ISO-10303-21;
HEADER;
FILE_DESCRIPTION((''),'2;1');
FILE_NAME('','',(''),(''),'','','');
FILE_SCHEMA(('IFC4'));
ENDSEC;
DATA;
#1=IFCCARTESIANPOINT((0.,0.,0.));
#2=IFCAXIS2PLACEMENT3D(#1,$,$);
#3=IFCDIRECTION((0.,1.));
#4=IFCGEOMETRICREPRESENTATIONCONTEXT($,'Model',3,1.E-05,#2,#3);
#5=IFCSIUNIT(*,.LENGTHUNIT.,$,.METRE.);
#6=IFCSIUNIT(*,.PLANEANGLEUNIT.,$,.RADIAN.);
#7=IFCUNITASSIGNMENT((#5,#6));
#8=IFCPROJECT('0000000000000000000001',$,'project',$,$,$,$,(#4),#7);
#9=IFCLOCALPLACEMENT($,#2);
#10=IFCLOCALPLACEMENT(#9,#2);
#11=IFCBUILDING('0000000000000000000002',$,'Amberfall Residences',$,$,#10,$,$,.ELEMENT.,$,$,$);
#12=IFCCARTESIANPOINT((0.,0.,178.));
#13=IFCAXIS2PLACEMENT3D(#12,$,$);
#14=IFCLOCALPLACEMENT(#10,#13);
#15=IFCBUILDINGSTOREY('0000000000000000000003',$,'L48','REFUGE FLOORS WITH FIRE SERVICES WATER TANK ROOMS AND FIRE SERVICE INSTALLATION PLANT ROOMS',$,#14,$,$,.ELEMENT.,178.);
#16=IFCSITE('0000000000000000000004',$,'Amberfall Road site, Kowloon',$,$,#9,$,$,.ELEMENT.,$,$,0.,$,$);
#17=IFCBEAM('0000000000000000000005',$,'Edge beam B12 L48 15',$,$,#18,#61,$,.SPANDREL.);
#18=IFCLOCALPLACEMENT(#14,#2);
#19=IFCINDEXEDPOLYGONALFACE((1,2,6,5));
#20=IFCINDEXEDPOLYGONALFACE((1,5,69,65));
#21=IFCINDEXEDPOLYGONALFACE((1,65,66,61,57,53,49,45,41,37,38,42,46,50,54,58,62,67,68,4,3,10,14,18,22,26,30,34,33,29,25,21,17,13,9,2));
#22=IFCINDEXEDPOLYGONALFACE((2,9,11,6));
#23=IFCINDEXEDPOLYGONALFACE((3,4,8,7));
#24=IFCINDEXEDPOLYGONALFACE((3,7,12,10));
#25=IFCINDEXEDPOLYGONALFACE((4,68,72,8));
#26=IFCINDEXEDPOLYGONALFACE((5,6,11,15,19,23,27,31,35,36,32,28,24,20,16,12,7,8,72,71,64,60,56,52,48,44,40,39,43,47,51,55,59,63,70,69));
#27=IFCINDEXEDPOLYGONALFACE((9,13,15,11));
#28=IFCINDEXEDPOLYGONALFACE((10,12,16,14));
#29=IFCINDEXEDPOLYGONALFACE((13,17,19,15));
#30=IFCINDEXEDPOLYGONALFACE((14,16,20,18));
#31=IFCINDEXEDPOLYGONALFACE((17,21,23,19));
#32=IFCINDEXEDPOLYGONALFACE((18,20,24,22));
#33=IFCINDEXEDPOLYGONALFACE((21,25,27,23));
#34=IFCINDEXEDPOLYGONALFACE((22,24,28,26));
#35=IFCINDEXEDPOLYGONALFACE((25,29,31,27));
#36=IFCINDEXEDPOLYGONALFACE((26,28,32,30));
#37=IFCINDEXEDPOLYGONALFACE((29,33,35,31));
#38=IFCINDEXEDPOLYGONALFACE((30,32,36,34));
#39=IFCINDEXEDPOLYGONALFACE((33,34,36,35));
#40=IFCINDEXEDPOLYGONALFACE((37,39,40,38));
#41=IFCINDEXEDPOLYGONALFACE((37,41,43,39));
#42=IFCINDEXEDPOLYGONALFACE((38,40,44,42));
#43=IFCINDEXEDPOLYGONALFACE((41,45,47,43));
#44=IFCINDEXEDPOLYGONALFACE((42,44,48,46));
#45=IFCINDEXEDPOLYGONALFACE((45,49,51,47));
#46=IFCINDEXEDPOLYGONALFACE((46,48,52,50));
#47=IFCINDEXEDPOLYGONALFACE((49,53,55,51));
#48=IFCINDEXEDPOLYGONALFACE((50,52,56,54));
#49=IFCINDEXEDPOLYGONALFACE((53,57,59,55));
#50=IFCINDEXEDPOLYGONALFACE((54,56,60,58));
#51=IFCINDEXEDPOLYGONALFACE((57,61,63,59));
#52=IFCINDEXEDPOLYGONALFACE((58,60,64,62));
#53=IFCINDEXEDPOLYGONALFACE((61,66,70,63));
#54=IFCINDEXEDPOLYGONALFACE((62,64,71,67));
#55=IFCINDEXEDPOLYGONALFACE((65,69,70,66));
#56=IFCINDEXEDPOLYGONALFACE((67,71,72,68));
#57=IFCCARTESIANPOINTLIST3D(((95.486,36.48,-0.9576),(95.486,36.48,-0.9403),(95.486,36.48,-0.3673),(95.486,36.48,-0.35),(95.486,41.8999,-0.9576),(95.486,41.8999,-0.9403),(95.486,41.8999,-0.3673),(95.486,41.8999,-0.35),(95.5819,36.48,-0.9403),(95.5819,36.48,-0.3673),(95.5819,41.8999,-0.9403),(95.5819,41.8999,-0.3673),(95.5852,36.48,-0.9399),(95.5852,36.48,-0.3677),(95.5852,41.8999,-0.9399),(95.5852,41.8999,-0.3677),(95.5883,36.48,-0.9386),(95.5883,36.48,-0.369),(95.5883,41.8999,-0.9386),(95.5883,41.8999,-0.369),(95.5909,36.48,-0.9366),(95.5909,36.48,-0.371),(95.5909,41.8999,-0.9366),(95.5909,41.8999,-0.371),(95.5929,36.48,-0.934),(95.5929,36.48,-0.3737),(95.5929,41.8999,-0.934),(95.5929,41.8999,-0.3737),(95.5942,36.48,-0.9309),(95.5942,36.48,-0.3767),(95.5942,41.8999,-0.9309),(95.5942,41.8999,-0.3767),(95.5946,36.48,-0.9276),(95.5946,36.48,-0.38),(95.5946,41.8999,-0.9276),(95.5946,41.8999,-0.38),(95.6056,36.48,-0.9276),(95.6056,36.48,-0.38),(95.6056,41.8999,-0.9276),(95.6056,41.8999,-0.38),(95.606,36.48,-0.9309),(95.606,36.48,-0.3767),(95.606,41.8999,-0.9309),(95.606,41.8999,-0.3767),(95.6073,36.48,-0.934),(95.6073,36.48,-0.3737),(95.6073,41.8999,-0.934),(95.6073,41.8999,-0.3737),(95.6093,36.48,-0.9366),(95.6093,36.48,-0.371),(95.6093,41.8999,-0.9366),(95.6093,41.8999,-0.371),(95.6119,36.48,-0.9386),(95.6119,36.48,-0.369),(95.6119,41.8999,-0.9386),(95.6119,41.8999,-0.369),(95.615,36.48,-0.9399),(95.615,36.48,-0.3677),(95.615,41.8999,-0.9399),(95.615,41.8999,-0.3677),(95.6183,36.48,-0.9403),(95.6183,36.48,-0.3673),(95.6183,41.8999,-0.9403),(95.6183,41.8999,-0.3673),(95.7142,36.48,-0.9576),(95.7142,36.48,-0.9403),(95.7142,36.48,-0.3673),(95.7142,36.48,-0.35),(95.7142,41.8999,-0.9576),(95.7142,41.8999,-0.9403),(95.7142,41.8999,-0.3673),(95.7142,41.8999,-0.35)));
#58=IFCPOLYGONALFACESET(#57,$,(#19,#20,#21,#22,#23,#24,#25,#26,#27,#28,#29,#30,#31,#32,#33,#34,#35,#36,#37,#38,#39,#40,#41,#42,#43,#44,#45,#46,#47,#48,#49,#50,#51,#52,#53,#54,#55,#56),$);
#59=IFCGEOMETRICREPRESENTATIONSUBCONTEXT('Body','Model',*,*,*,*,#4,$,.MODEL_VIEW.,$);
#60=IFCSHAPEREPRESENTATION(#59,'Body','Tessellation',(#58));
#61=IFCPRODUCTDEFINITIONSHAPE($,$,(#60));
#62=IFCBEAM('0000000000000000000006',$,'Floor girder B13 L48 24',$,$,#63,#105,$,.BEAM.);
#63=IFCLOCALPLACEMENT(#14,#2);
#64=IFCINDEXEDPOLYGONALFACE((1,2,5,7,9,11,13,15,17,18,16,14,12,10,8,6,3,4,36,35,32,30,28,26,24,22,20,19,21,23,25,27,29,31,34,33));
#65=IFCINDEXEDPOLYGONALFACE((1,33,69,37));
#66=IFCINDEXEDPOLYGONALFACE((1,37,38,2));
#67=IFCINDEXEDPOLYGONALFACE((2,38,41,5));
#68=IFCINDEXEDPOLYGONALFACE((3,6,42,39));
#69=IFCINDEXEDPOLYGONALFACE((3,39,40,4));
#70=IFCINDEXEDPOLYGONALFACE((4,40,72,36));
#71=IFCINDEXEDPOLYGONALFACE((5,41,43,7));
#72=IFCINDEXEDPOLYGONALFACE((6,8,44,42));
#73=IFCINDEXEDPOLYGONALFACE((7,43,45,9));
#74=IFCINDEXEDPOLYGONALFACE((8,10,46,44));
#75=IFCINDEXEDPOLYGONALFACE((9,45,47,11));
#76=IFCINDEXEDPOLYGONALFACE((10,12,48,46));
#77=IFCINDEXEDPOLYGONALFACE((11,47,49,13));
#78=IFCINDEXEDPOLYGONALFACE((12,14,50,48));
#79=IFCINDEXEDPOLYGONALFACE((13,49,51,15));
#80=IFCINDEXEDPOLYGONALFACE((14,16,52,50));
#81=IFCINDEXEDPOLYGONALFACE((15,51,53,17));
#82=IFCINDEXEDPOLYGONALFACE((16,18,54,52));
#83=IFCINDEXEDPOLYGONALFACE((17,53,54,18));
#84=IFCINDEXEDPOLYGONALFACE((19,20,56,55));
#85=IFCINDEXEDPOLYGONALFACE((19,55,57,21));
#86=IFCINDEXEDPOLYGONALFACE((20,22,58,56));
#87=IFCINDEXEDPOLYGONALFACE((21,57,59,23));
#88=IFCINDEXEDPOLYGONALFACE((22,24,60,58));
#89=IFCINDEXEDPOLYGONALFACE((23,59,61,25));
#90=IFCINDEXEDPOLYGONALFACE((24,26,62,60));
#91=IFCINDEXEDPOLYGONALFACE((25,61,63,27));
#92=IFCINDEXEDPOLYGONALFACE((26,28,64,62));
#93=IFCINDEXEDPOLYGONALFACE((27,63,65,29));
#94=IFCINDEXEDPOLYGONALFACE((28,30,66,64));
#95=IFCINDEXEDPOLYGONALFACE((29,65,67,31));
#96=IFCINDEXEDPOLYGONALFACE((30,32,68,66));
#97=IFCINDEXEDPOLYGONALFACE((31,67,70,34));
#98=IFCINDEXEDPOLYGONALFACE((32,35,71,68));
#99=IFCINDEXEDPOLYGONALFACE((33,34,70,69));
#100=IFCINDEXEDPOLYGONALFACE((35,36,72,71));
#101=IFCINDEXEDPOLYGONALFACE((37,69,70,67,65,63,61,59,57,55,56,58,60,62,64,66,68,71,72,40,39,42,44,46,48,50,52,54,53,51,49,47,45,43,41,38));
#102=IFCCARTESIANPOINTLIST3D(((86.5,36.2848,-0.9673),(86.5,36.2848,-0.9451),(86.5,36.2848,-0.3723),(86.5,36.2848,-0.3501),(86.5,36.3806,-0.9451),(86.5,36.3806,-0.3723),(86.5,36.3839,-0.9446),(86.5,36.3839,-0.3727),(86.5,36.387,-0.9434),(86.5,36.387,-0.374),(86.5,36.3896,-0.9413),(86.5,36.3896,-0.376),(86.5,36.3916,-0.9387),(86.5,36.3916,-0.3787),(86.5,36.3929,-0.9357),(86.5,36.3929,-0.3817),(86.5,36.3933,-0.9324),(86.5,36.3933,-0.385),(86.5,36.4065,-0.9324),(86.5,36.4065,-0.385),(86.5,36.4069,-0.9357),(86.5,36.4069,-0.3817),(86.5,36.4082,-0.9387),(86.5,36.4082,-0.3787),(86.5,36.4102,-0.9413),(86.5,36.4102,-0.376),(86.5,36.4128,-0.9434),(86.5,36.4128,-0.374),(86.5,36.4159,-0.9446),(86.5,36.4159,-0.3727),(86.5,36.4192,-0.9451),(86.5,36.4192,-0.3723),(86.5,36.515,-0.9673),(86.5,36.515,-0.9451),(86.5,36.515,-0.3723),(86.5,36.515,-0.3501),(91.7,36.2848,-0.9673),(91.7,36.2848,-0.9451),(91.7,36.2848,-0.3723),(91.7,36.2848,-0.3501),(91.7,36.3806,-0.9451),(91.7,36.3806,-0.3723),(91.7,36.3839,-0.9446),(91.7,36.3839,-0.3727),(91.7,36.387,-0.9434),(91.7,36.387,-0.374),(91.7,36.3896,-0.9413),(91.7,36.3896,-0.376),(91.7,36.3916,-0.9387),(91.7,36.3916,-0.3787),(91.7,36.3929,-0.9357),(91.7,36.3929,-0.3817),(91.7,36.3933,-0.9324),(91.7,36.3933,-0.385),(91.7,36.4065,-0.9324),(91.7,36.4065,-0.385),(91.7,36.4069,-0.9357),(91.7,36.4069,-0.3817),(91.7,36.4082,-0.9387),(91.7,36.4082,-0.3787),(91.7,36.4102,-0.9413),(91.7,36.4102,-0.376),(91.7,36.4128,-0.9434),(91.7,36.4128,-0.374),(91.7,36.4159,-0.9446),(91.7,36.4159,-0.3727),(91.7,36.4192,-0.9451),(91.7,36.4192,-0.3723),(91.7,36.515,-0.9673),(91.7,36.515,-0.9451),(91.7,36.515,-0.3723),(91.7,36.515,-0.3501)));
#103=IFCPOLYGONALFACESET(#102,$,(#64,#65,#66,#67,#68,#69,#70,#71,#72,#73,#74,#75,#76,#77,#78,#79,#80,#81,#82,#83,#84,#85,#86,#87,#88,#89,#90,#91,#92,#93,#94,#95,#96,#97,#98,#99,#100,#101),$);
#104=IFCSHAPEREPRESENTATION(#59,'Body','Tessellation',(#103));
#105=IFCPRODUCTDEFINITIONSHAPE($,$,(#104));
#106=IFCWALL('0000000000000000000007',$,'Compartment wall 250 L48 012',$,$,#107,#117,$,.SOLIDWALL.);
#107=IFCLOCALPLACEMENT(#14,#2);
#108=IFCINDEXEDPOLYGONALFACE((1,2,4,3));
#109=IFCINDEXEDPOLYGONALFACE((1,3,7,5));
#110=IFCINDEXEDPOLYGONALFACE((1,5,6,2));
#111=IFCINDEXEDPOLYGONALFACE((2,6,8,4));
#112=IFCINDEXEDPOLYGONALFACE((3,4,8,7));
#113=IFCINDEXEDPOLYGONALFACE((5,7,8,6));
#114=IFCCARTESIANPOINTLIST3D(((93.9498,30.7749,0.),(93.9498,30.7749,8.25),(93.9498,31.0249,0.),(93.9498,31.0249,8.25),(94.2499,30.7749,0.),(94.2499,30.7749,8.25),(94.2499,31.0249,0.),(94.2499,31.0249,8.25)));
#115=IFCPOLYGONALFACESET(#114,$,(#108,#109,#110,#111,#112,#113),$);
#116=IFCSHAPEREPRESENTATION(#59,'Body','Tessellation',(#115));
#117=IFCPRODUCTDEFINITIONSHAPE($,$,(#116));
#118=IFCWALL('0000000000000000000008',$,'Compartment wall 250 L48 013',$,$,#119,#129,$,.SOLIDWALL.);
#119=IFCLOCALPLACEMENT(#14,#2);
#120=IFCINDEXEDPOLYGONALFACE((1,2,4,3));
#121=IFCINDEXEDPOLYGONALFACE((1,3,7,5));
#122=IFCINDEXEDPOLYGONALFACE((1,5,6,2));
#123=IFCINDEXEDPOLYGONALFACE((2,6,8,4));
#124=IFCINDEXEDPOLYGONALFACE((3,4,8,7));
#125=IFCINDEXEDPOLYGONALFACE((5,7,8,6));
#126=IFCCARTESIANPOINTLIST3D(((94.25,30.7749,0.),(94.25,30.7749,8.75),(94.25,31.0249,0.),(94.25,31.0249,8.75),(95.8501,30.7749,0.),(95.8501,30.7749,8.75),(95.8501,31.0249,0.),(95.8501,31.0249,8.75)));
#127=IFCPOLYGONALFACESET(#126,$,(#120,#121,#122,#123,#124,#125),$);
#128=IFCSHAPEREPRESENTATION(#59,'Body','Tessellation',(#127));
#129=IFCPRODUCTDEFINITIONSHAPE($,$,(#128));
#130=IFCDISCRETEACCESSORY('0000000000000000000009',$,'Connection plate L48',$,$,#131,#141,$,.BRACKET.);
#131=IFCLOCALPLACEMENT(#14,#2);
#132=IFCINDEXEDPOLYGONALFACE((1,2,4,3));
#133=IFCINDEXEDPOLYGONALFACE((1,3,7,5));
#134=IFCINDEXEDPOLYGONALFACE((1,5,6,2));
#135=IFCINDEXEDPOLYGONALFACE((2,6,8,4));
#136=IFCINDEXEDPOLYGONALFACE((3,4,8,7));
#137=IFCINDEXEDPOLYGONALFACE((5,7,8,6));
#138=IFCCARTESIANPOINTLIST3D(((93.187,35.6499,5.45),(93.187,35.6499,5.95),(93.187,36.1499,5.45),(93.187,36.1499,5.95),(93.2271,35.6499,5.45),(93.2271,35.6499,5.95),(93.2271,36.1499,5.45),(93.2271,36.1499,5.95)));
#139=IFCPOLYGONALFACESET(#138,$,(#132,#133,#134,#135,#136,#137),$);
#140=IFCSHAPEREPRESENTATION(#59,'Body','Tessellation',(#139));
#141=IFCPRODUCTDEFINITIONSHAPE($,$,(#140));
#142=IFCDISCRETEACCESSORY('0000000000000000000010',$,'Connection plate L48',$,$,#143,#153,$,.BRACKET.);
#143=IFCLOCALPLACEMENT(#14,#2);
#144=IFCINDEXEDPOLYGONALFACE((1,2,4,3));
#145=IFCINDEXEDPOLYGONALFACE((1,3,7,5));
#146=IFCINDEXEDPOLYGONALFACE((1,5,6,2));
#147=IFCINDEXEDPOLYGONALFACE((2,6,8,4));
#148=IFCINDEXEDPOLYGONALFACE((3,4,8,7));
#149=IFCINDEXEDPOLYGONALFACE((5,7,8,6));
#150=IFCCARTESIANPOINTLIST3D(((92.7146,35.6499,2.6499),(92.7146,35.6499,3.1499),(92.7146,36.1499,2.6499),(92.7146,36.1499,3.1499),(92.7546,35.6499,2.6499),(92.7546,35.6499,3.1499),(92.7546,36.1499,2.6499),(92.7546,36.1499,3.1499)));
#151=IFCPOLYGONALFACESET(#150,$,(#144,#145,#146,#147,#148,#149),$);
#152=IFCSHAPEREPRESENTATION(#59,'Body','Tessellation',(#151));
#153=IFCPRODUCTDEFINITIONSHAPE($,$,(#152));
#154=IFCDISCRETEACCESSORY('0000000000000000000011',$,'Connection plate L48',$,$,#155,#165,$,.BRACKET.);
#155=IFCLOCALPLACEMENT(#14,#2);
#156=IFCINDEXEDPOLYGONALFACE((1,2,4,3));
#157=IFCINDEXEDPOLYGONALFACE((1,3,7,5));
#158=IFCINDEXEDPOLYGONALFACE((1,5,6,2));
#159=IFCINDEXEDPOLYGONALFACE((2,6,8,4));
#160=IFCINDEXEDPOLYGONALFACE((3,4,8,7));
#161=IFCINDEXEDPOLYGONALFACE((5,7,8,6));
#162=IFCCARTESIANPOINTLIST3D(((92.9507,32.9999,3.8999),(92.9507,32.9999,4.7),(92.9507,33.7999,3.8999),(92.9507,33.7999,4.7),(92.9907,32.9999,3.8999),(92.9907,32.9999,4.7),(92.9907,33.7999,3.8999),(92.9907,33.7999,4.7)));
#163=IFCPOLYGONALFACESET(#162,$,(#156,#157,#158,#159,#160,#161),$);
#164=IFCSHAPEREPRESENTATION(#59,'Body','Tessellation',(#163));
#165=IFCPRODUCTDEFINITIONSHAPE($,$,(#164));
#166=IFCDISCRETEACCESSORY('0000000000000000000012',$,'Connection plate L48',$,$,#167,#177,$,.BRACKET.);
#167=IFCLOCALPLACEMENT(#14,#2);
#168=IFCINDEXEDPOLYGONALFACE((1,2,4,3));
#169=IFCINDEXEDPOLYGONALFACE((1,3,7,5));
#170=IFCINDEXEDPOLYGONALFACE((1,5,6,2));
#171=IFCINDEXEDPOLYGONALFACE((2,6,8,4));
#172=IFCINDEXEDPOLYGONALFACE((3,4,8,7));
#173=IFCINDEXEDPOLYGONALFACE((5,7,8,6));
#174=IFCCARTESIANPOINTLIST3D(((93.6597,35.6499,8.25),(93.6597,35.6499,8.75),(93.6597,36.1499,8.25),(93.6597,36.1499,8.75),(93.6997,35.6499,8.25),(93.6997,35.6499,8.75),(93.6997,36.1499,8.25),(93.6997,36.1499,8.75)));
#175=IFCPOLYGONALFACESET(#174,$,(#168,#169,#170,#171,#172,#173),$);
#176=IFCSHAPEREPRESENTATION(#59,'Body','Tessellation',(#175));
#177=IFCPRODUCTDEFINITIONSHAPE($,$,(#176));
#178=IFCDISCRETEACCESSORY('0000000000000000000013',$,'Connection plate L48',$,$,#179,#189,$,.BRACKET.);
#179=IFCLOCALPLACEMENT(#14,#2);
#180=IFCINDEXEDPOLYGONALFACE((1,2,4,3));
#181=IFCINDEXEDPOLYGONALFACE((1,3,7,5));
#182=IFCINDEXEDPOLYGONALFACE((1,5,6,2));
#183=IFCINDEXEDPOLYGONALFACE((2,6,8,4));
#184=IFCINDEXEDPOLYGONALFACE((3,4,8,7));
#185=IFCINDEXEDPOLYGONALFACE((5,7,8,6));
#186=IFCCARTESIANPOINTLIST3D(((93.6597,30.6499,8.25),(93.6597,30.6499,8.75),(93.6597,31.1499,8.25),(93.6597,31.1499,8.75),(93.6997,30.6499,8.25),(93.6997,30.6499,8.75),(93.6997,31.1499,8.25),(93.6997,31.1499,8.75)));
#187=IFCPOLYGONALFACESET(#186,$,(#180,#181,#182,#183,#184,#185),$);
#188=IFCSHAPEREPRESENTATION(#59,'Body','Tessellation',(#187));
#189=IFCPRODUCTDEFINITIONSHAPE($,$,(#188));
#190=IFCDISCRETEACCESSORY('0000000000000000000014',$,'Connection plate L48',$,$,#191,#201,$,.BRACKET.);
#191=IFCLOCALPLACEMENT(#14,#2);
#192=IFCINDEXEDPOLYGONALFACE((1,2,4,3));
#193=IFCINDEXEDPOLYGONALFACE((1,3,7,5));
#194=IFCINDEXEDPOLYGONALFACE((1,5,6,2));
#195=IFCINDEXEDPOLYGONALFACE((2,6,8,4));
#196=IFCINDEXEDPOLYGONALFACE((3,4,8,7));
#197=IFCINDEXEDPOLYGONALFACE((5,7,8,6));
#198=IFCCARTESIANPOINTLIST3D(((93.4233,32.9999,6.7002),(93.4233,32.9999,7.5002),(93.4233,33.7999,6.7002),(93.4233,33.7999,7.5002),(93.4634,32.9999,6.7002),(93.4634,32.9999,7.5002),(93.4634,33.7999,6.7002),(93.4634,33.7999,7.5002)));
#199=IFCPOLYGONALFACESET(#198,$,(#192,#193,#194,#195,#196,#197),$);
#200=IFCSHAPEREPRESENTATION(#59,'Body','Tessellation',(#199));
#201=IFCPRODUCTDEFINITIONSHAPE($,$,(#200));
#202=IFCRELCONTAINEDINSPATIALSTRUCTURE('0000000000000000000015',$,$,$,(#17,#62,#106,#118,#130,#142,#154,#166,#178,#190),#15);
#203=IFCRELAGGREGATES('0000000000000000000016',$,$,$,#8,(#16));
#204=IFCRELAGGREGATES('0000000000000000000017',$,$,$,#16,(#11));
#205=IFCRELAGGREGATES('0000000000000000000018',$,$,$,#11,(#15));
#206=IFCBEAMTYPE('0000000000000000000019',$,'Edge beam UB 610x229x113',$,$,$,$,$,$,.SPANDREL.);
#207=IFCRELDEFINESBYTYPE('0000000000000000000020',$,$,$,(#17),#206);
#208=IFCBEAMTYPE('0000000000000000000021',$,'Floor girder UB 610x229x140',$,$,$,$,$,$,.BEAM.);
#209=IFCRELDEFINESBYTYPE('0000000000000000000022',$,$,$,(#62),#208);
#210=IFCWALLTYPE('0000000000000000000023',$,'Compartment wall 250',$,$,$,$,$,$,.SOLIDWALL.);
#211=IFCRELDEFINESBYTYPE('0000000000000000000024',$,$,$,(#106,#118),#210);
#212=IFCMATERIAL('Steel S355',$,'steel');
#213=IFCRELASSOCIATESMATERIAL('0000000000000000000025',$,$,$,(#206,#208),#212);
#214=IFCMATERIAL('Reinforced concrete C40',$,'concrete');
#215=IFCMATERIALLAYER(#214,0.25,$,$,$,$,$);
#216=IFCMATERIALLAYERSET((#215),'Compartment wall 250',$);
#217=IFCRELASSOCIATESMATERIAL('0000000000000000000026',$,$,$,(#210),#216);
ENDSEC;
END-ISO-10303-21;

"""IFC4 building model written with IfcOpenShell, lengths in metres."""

from ifc_helpers import new_model, si_unit, direction, frame, frame_2d, origin, origin_2d, place, context, subcontext, project, spatial, rectangle, i_section, extrude, material, layer, layer_set, material_profile, profile_set, type_object, element, save


model = new_model("IFC4")

# Units and contexts
model_context = context("Model", 3, precision=1e-05, world=origin(), true_north=direction((0.0, 1.0)))
body_context = subcontext(model_context, "Body", "Model", "MODEL_VIEW")
ifc_project = project(units=[si_unit("LENGTHUNIT", "METRE"), si_unit("PLANEANGLEUNIT", "RADIAN")], contexts=[model_context])

# Site, building, storey
site_placement = place(None, origin())
site = spatial("IfcSite", under=ifc_project, at=site_placement, Name="Amberfall Road site, Kowloon", CompositionType="ELEMENT", RefElevation=0.0)
building_placement = place(site_placement, origin())
building = spatial("IfcBuilding", under=site, at=building_placement, Name="Amberfall Residences", CompositionType="ELEMENT")
storey_placement = place(building_placement, frame((0.0, 0.0, 178.0)))
storey = spatial("IfcBuildingStorey", under=building, at=storey_placement, Name="L48", Description="REFUGE FLOORS WITH FIRE SERVICES WATER TANK ROOMS AND FIRE SERVICE INSTALLATION PLANT ROOMS", CompositionType="ELEMENT", Elevation=178.0)

# Shared definitions
ifc_material_1 = material(Name="Steel S355", Category="steel")

# Beams
ifc_material_profile_1 = material_profile(ifc_material_1, i_section(OverallWidth=0.2283, OverallDepth=0.6077, WebThickness=0.011, FlangeThickness=0.0173, FilletRadius=0.0127, at=origin_2d()), Name="UB 610x229x113")
ifc_profile_set_1 = profile_set([ifc_material_profile_1], Name="Steel S355")
beam_type_1 = type_object("IfcBeamType", Name="Edge beam UB 610x229x113", PredefinedType="SPANDREL", material=ifc_profile_set_1)
beam_1_placement = place(storey_placement, frame((95.6001, 36.48, -0.6538), z_axis=(0.0, 1.0, 0.0), x_axis=(-1.0, 0.0, 0.0)))
element("IfcBeam", 1, at=beam_1_placement, inside=storey, type_object=beam_type_1, Name="Edge beam B12 L48 15", PredefinedType="SPANDREL", context=body_context, shape_type="SweptSolid", body=[
    extrude(i_section(OverallWidth=0.2283, OverallDepth=0.6077, WebThickness=0.011, FlangeThickness=0.0173, FilletRadius=0.0127, at=origin_2d()), origin(), (0.0, 0.0, 1.0), 5.4199),
])
ifc_material_profile_2 = material_profile(ifc_material_1, i_section(OverallWidth=0.2302, OverallDepth=0.6172, WebThickness=0.0132, FlangeThickness=0.0222, FilletRadius=0.0127, at=origin_2d()), Name="UB 610x229x140")
ifc_profile_set_2 = profile_set([ifc_material_profile_2], Name="Steel S355")
beam_type_2 = type_object("IfcBeamType", Name="Floor girder UB 610x229x140", PredefinedType="BEAM", material=ifc_profile_set_2)
beam_2_placement = place(storey_placement, frame((91.7, 36.3999, -0.6587), z_axis=(-1.0, 0.0, 0.0), x_axis=(0.0, -1.0, 0.0)))
element("IfcBeam", 2, at=beam_2_placement, inside=storey, type_object=beam_type_2, Name="Floor girder B13 L48 24", PredefinedType="BEAM", context=body_context, shape_type="SweptSolid", body=[
    extrude(i_section(OverallWidth=0.2302, OverallDepth=0.6172, WebThickness=0.0132, FlangeThickness=0.0222, FilletRadius=0.0127, at=origin_2d()), origin(), (0.0, 0.0, 1.0), 5.2),
])

# Walls
ifc_material_2 = material(Name="Reinforced concrete C40", Category="concrete")
ifc_layer = layer(ifc_material_2, 0.25)
ifc_layer_set = layer_set([ifc_layer], Name="Compartment wall 250")
wall_type = type_object("IfcWallType", Name="Compartment wall 250", PredefinedType="SOLIDWALL", material=ifc_layer_set)
wall_1_placement = place(storey_placement, frame((93.95, 30.8999, 0.0), z_axis=(0.0, 0.0, 1.0), x_axis=(1.0, 0.0, 0.0)))
element("IfcWall", 3, at=wall_1_placement, inside=storey, type_object=wall_type, Name="Compartment wall 250 L48 012", PredefinedType="SOLIDWALL", context=body_context, shape_type="SweptSolid", body=[
    extrude(rectangle(XDim=0.3, YDim=0.25, at=frame_2d((0.1499, 0.0))), origin(), (0.0, 0.0, 1.0), 8.25),
])
wall_2_placement = place(storey_placement, frame((94.25, 30.8999, 0.0), z_axis=(0.0, 0.0, 1.0), x_axis=(1.0, 0.0, 0.0)))
element("IfcWall", 4, at=wall_2_placement, inside=storey, type_object=wall_type, Name="Compartment wall 250 L48 013", PredefinedType="SOLIDWALL", context=body_context, shape_type="SweptSolid", body=[
    extrude(rectangle(XDim=1.6001, YDim=0.25, at=frame_2d((0.8, 0.0))), origin(), (0.0, 0.0, 1.0), 8.75),
])

# Discrete accessories
for number, where, z_axis, x_axis, name in (
    (5, (93.207, 35.8999, 5.45), (0.0, 0.0, 1.0), (0.0, 1.0, 0.0), "Connection plate L48"),
    (6, (92.7346, 35.8999, 2.6499), (0.0, 0.0, 1.0), (0.0, 1.0, 0.0), "Connection plate L48"),
):
    element("IfcDiscreteAccessory", number, at=place(storey_placement, frame(where, z_axis=z_axis, x_axis=x_axis)), inside=storey, Name=name, PredefinedType="BRACKET", context=body_context, shape_type="SweptSolid", body=[
        extrude(rectangle(XDim=0.5, YDim=0.04, at=origin_2d()), origin(), (0.0, 0.0, 1.0), 0.5),
    ])
discrete_accessory_1_placement = place(storey_placement, frame((92.9707, 33.3999, 3.8999), z_axis=(0.0, 0.0, 1.0), x_axis=(0.0, 1.0, 0.0)))
element("IfcDiscreteAccessory", 7, at=discrete_accessory_1_placement, inside=storey, Name="Connection plate L48", PredefinedType="BRACKET", context=body_context, shape_type="SweptSolid", body=[
    extrude(rectangle(XDim=0.8, YDim=0.04, at=origin_2d()), origin(), (0.0, 0.0, 1.0), 0.8),
])
for number, where, z_axis, x_axis, name in (
    (8, (93.6797, 35.8999, 8.25), (0.0, 0.0, 1.0), (0.0, 1.0, 0.0), "Connection plate L48"),
    (9, (93.6797, 30.8999, 8.25), (0.0, 0.0, 1.0), (0.0, 1.0, 0.0), "Connection plate L48"),
):
    element("IfcDiscreteAccessory", number, at=place(storey_placement, frame(where, z_axis=z_axis, x_axis=x_axis)), inside=storey, Name=name, PredefinedType="BRACKET", context=body_context, shape_type="SweptSolid", body=[
        extrude(rectangle(XDim=0.5, YDim=0.04, at=origin_2d()), origin(), (0.0, 0.0, 1.0), 0.5),
    ])
discrete_accessory_2_placement = place(storey_placement, frame((93.4434, 33.3999, 6.7002), z_axis=(0.0, 0.0, 1.0), x_axis=(0.0, 1.0, 0.0)))
element("IfcDiscreteAccessory", 10, at=discrete_accessory_2_placement, inside=storey, Name="Connection plate L48", PredefinedType="BRACKET", context=body_context, shape_type="SweptSolid", body=[
    extrude(rectangle(XDim=0.8, YDim=0.04, at=origin_2d()), origin(), (0.0, 0.0, 1.0), 0.8),
])

save(model, "model.ifc")
